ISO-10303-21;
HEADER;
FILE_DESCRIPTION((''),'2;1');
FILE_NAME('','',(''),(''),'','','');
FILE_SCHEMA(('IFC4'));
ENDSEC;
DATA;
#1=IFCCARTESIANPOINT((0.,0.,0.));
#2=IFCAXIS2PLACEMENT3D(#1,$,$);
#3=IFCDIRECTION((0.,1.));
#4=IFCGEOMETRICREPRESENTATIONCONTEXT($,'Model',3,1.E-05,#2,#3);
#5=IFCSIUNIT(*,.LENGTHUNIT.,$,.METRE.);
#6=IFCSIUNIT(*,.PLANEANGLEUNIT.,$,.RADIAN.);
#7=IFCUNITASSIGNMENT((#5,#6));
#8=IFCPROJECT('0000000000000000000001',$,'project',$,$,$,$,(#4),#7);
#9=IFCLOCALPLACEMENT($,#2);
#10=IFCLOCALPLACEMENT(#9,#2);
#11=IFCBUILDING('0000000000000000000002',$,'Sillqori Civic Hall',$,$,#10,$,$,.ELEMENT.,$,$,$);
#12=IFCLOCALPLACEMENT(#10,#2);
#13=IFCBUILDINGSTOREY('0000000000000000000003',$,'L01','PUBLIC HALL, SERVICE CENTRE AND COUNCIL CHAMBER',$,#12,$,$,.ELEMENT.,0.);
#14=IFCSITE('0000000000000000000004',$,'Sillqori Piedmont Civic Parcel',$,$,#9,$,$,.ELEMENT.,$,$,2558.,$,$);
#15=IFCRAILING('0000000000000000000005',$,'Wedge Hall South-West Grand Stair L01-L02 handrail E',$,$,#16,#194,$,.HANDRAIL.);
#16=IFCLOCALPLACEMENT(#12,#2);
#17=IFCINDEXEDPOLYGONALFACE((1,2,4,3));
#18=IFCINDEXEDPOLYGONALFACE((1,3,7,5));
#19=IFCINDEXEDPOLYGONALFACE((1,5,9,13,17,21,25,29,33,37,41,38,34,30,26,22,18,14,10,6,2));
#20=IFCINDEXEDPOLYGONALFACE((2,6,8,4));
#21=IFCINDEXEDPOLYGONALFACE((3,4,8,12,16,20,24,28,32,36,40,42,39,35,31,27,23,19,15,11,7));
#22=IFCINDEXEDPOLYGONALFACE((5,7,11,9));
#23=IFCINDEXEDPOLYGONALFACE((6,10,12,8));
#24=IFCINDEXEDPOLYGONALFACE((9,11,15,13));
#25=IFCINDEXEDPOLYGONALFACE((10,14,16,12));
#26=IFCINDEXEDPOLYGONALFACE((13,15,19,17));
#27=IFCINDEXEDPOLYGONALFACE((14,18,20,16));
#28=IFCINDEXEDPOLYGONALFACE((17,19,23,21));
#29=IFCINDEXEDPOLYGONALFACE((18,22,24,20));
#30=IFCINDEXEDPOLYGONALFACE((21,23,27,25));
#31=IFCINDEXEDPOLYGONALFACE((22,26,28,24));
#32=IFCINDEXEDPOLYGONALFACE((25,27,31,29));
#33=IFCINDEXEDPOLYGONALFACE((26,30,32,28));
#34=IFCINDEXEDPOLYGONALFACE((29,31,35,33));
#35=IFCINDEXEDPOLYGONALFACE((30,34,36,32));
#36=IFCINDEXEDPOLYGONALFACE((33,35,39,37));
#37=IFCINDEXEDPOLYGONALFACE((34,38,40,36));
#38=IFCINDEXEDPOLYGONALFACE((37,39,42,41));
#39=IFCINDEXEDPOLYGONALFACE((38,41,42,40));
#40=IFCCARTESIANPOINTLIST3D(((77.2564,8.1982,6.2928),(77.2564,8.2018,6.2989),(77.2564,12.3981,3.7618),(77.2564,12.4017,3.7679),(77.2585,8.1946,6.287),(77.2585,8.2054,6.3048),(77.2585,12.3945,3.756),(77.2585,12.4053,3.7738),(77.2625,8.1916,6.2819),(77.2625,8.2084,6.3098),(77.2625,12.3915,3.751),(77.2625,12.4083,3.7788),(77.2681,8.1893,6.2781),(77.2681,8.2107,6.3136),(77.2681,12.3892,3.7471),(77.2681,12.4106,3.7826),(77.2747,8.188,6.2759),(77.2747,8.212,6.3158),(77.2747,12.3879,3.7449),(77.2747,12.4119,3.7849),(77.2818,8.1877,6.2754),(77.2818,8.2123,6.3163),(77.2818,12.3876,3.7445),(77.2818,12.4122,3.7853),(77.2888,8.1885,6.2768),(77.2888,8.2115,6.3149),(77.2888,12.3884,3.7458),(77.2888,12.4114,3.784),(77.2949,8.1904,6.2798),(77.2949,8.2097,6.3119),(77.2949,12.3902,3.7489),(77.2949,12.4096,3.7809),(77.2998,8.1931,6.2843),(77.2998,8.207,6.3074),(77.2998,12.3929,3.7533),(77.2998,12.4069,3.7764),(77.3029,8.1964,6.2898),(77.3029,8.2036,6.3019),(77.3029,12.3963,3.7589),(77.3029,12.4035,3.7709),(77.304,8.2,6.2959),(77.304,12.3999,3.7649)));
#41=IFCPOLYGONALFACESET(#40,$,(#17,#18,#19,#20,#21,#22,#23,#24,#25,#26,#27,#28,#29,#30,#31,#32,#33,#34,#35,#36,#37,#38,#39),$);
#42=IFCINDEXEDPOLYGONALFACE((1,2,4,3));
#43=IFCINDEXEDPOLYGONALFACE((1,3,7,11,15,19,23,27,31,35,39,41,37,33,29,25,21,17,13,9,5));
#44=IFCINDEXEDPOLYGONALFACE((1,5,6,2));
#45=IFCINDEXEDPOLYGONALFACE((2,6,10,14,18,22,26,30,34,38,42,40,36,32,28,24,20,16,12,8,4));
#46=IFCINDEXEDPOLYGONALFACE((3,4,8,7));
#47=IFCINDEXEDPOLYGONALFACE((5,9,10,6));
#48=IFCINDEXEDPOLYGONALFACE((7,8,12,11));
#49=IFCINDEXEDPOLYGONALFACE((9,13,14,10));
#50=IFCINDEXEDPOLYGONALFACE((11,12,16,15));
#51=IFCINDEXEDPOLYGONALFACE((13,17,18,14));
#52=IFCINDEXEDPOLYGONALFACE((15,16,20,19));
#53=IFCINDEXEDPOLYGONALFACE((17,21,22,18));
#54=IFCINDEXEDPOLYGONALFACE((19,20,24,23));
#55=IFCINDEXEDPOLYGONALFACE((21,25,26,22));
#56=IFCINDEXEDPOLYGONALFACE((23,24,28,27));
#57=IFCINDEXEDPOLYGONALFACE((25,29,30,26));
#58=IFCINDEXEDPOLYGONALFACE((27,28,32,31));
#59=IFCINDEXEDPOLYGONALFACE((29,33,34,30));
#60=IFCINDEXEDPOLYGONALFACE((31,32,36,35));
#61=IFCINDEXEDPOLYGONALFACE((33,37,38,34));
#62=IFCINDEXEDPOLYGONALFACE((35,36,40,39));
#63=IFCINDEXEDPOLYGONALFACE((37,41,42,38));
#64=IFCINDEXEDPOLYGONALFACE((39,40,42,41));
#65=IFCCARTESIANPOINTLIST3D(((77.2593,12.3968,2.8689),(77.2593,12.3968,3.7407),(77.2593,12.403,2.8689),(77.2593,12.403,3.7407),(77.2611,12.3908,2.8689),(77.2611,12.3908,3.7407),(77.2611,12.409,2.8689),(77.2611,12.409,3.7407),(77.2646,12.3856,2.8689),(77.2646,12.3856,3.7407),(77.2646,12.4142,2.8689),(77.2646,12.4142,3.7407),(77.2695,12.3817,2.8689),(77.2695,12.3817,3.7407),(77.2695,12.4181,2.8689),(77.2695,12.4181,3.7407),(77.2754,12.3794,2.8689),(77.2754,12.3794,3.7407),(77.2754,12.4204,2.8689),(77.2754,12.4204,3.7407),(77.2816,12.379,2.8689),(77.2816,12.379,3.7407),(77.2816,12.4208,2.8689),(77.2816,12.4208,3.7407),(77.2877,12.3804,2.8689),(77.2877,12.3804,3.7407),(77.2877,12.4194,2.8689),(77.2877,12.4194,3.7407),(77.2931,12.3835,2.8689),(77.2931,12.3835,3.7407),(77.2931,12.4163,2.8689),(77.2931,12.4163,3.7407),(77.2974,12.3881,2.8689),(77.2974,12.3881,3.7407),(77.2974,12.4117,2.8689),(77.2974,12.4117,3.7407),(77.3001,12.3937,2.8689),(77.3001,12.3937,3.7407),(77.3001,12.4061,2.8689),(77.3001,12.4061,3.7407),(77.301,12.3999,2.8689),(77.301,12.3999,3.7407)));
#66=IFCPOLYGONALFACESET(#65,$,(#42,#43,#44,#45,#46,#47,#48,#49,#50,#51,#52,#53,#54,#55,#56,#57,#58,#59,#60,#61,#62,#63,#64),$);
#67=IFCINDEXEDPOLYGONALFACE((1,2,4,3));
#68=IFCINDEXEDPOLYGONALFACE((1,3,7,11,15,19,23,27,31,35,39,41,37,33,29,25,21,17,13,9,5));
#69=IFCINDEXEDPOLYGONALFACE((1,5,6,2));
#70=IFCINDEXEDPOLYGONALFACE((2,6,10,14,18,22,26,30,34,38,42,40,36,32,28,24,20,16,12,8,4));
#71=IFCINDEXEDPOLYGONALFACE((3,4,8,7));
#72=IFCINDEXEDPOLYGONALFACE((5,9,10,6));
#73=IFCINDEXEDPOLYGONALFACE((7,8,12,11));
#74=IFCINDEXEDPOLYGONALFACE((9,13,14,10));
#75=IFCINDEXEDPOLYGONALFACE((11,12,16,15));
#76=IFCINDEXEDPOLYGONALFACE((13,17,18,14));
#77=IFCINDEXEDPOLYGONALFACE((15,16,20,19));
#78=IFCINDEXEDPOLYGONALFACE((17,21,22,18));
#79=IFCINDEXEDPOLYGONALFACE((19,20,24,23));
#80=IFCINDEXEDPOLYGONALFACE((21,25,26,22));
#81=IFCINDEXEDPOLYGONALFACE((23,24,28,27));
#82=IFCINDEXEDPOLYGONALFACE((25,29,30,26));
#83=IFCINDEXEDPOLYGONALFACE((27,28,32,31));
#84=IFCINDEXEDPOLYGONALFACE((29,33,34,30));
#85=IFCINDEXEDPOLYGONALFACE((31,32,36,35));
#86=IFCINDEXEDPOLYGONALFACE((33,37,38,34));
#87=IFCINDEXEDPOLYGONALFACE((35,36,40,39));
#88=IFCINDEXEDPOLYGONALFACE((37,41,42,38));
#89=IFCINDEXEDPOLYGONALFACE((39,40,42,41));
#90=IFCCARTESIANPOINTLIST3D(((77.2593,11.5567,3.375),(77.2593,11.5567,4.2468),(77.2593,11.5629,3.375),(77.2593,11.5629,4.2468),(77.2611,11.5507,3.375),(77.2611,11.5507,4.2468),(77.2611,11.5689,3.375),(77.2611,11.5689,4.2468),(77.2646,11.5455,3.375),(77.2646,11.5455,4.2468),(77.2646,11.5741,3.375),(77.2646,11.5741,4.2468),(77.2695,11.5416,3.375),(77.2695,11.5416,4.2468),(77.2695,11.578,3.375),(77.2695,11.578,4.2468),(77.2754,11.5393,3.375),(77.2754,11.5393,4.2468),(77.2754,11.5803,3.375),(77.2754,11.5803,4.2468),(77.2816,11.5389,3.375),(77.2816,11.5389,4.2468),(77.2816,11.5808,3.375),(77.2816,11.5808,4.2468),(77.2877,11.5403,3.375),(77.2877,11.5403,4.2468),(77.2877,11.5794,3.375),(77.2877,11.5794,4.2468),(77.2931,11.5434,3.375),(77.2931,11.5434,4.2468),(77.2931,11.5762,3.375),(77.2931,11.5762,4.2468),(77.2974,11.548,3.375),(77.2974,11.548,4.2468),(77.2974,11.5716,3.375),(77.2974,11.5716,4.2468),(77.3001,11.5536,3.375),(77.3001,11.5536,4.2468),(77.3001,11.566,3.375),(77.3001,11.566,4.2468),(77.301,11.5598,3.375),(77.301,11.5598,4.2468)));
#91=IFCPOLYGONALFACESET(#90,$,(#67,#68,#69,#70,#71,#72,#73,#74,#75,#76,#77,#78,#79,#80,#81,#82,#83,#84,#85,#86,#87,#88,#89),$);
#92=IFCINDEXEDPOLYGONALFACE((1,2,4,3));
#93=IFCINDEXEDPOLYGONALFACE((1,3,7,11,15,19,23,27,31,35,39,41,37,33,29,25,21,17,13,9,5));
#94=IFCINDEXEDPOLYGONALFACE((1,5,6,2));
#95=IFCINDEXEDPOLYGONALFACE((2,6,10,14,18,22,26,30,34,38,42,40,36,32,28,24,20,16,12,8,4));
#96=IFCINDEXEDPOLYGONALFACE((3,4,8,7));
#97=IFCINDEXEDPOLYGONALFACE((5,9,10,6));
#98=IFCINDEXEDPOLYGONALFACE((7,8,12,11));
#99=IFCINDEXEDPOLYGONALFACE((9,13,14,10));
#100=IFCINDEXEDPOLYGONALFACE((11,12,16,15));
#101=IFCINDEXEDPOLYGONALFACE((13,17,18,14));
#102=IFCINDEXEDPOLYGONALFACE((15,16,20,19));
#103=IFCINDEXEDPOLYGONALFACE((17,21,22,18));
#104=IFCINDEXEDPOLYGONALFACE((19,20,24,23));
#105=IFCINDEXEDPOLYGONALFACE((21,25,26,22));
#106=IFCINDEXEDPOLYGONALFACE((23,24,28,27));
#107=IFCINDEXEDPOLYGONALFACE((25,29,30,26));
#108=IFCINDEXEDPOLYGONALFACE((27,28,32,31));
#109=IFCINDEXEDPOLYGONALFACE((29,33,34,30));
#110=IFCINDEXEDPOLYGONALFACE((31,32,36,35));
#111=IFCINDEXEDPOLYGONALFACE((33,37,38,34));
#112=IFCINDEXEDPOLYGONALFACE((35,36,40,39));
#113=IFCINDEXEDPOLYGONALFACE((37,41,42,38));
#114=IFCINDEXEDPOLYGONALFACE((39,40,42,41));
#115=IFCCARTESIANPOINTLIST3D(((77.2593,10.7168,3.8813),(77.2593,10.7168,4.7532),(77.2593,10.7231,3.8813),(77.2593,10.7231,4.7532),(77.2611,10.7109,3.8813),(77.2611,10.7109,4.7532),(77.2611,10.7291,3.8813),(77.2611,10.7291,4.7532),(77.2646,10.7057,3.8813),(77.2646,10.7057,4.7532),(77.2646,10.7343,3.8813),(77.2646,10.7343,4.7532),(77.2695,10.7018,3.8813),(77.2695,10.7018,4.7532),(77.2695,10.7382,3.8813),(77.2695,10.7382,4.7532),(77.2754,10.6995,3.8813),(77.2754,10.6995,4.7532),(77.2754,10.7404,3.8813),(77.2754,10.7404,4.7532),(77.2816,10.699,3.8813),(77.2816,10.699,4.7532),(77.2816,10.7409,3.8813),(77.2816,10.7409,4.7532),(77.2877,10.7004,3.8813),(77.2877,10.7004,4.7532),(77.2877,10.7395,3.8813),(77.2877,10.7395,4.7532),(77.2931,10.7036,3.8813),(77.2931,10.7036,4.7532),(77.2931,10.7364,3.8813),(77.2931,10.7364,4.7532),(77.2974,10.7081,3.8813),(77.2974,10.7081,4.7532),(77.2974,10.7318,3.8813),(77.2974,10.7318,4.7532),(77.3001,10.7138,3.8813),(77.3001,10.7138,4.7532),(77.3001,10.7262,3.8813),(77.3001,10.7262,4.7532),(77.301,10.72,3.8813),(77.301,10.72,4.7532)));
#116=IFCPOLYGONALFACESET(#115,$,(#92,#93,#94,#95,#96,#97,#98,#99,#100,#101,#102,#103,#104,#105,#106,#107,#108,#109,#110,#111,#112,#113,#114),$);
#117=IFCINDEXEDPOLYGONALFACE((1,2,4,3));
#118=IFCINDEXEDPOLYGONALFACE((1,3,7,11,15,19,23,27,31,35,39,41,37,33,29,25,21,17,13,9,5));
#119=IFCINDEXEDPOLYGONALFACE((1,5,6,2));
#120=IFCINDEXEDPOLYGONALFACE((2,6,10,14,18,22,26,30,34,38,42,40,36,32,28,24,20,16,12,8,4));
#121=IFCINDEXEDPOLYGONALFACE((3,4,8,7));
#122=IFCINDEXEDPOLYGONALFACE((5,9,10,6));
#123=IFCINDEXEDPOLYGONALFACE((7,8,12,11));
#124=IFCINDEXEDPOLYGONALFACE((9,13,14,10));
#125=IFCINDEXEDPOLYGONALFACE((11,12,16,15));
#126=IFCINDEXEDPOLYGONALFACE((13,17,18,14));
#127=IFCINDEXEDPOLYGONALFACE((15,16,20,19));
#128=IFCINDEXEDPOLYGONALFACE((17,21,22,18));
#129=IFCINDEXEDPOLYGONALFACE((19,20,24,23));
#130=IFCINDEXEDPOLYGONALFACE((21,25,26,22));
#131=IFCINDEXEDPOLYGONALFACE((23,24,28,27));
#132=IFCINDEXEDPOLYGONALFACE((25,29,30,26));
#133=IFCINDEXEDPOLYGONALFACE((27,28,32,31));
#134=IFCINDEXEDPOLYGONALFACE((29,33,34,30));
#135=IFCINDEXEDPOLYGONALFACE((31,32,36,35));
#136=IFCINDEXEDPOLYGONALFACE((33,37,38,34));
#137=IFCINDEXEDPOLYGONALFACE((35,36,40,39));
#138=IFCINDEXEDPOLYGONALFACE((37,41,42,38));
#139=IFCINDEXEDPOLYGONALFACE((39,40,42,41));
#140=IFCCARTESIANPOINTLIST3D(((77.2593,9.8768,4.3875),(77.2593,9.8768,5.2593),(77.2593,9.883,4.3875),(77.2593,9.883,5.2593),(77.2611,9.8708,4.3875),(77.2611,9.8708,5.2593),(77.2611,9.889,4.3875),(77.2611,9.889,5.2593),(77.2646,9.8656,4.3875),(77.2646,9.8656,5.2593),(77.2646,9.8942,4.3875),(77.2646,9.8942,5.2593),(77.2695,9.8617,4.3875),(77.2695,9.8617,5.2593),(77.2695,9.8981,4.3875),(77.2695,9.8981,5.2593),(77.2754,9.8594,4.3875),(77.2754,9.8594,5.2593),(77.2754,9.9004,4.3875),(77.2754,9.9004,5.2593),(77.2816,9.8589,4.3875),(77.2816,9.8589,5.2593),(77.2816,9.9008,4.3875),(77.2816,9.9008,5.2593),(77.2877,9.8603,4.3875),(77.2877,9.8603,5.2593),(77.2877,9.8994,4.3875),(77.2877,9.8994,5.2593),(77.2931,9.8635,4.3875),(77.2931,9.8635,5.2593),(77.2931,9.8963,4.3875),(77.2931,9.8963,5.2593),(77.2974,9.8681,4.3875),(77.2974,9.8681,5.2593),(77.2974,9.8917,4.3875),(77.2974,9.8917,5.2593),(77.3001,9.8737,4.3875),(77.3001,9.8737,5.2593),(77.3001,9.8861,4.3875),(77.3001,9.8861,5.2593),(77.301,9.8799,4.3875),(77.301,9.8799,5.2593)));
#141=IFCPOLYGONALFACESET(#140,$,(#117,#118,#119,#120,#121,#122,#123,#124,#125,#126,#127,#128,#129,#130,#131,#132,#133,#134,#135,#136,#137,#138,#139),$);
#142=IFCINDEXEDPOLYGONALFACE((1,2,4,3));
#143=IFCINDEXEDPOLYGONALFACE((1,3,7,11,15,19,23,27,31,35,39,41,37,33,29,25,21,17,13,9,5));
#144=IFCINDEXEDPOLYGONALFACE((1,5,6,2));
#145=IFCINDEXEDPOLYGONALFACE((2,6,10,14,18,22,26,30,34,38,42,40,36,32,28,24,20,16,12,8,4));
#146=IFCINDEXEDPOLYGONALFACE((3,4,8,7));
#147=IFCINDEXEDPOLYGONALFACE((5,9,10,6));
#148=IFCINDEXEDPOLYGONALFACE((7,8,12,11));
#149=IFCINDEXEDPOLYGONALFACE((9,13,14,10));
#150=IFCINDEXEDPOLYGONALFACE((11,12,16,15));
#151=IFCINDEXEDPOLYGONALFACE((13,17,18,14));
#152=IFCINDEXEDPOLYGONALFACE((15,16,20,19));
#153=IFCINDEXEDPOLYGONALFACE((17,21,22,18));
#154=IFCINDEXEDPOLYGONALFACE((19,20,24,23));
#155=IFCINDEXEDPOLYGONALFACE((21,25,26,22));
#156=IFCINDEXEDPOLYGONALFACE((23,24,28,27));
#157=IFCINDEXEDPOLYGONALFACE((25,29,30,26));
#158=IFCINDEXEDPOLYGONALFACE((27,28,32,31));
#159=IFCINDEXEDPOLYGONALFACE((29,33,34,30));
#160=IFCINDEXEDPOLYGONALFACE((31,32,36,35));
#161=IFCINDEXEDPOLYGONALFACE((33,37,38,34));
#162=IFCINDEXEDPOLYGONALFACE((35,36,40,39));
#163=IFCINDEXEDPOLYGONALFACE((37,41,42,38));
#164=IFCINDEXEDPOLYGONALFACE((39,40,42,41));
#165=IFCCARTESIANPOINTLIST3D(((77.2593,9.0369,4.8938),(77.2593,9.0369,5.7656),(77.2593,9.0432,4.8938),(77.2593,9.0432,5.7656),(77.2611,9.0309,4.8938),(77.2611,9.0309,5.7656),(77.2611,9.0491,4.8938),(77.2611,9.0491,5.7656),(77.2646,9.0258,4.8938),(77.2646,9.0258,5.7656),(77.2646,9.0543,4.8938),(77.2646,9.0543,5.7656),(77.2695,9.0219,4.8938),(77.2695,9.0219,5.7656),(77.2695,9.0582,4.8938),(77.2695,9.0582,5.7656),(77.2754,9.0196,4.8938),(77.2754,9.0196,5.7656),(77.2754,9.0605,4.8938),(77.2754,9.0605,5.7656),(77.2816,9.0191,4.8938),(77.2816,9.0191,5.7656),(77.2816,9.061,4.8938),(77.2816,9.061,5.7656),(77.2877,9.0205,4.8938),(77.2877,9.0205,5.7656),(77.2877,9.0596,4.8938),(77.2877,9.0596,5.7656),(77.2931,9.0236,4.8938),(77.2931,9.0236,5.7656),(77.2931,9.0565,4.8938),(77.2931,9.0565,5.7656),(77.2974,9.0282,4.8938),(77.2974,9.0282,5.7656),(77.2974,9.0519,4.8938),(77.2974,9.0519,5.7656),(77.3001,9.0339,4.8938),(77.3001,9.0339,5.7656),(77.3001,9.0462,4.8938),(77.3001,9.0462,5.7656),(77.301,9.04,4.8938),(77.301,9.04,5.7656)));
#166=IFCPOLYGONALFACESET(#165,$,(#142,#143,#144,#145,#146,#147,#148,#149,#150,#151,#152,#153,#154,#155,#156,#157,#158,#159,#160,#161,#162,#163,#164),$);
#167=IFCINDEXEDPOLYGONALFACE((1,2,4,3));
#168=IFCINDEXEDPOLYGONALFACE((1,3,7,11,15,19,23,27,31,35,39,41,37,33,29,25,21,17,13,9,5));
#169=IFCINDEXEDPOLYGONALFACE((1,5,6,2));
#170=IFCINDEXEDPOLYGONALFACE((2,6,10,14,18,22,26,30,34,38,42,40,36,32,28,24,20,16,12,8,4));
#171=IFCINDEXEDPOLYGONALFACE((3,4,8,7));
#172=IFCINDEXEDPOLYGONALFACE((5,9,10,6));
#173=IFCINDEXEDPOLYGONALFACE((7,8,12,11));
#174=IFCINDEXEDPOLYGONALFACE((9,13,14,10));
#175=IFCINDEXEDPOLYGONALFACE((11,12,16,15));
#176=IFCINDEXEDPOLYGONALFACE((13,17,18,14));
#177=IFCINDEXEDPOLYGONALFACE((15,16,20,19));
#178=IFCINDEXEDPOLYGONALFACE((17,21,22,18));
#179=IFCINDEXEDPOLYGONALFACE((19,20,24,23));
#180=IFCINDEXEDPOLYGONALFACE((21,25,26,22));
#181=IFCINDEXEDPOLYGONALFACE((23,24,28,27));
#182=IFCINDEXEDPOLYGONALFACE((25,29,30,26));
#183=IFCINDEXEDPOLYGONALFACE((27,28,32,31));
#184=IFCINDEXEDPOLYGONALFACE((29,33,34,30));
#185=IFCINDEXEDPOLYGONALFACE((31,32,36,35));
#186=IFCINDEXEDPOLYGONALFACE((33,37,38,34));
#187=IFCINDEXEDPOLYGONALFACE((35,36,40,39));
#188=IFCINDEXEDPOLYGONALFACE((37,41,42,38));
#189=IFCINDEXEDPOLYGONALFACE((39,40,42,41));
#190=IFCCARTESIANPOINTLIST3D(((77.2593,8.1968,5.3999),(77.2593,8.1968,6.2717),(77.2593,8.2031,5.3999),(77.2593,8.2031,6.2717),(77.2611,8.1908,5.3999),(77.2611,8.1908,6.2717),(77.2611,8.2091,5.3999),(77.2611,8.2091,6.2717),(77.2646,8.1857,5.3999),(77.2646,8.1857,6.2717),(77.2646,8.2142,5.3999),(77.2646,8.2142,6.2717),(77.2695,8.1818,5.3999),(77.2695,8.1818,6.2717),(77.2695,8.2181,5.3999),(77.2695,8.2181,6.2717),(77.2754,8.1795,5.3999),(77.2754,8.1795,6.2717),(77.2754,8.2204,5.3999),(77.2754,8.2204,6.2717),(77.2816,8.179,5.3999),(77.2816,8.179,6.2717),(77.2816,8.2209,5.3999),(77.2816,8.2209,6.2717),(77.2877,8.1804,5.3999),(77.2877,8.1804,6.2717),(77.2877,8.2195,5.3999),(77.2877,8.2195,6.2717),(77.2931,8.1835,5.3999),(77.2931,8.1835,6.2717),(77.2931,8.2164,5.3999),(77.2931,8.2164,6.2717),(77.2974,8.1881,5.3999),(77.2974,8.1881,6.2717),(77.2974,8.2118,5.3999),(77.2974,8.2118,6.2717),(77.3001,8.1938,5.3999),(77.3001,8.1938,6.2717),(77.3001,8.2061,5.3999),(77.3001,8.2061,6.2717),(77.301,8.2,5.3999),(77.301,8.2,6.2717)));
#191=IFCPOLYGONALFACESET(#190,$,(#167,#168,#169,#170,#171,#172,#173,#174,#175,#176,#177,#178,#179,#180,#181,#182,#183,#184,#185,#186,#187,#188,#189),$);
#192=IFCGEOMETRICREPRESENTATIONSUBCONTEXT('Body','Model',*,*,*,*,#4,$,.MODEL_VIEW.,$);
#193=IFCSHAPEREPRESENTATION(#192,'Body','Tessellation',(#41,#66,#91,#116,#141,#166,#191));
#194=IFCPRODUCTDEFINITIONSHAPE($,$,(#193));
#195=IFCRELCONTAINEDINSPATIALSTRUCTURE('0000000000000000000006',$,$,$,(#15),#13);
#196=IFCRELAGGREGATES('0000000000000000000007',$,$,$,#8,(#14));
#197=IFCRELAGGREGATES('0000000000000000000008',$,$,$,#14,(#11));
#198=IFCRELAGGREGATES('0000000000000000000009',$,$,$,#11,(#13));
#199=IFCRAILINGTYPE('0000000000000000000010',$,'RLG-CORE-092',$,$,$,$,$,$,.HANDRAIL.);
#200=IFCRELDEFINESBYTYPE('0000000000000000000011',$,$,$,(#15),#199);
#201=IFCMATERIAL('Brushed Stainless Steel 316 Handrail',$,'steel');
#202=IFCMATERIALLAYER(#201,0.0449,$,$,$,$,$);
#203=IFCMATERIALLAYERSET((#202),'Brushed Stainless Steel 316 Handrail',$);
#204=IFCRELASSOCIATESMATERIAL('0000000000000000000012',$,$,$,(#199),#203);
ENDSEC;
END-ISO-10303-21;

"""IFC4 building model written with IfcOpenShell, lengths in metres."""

from ifc_helpers import new_model, si_unit, direction, frame, origin, origin_2d, place, context, subcontext, project, spatial, circle, extrude, material, layer, layer_set, type_object, element, save


model = new_model("IFC4")

# Units and contexts
model_context = context("Model", 3, precision=1e-05, world=origin(), true_north=direction((0.0, 1.0)))
body_context = subcontext(model_context, "Body", "Model", "MODEL_VIEW")
ifc_project = project(units=[si_unit("LENGTHUNIT", "METRE"), si_unit("PLANEANGLEUNIT", "RADIAN")], contexts=[model_context])

# Site, building, storey
site_placement = place(None, origin())
site = spatial("IfcSite", under=ifc_project, at=site_placement, Name="Sillqori Piedmont Civic Parcel", CompositionType="ELEMENT", RefElevation=2558.0)
building_placement = place(site_placement, origin())
building = spatial("IfcBuilding", under=site, at=building_placement, Name="Sillqori Civic Hall", CompositionType="ELEMENT")
storey_placement = place(building_placement, origin())
storey = spatial("IfcBuildingStorey", under=building, at=storey_placement, Name="L01", Description="PUBLIC HALL, SERVICE CENTRE AND COUNCIL CHAMBER", CompositionType="ELEMENT", Elevation=0.0)

# Railing
ifc_material_1 = material(Name="Brushed Stainless Steel 316 Handrail", Category="steel")
ifc_layer_1 = layer(ifc_material_1, 0.0449)
ifc_layer_set_1 = layer_set([ifc_layer_1], Name="Brushed Stainless Steel 316 Handrail")
railing_type_1 = type_object("IfcRailingType", Name="RLG-CORE-092", PredefinedType="HANDRAIL", material=ifc_layer_set_1)
railing_1_placement = place(storey_placement, frame((77.28, 12.3999, 2.8689)))
element("IfcRailing", 1, at=railing_1_placement, inside=storey, type_object=railing_type_1, Name="Wedge Hall South-West Grand Stair L01-L02 handrail E", PredefinedType="HANDRAIL", context=body_context, shape_type="SweptSolid", body=[
    extrude(circle(Radius=0.0239, at=origin_2d()), frame((0.0, 0.0, 0.896), z_axis=(0.0, -0.856499, 0.51615), x_axis=(1.0, 0.0, 0.0)), (0.0, 0.0, 1.0), 4.9036),
    extrude(circle(Radius=0.021, at=origin_2d()), origin(), (0.0, 0.0, 1.0), 0.8718),
    extrude(circle(Radius=0.021, at=origin_2d()), frame((0.0, -0.8401, 0.5061)), (0.0, 0.0, 1.0), 0.8718),
    extrude(circle(Radius=0.021, at=origin_2d()), frame((0.0, -1.6799, 1.0125)), (0.0, 0.0, 1.0), 0.8718),
    extrude(circle(Radius=0.021, at=origin_2d()), frame((0.0, -2.52, 1.5186)), (0.0, 0.0, 1.0), 0.8718),
    extrude(circle(Radius=0.021, at=origin_2d()), frame((0.0, -3.3599, 2.0249)), (0.0, 0.0, 1.0), 0.8718),
    extrude(circle(Radius=0.021, at=origin_2d()), frame((0.0, -4.2, 2.531)), (0.0, 0.0, 1.0), 0.8718),
])

save(model, "model.ifc")
